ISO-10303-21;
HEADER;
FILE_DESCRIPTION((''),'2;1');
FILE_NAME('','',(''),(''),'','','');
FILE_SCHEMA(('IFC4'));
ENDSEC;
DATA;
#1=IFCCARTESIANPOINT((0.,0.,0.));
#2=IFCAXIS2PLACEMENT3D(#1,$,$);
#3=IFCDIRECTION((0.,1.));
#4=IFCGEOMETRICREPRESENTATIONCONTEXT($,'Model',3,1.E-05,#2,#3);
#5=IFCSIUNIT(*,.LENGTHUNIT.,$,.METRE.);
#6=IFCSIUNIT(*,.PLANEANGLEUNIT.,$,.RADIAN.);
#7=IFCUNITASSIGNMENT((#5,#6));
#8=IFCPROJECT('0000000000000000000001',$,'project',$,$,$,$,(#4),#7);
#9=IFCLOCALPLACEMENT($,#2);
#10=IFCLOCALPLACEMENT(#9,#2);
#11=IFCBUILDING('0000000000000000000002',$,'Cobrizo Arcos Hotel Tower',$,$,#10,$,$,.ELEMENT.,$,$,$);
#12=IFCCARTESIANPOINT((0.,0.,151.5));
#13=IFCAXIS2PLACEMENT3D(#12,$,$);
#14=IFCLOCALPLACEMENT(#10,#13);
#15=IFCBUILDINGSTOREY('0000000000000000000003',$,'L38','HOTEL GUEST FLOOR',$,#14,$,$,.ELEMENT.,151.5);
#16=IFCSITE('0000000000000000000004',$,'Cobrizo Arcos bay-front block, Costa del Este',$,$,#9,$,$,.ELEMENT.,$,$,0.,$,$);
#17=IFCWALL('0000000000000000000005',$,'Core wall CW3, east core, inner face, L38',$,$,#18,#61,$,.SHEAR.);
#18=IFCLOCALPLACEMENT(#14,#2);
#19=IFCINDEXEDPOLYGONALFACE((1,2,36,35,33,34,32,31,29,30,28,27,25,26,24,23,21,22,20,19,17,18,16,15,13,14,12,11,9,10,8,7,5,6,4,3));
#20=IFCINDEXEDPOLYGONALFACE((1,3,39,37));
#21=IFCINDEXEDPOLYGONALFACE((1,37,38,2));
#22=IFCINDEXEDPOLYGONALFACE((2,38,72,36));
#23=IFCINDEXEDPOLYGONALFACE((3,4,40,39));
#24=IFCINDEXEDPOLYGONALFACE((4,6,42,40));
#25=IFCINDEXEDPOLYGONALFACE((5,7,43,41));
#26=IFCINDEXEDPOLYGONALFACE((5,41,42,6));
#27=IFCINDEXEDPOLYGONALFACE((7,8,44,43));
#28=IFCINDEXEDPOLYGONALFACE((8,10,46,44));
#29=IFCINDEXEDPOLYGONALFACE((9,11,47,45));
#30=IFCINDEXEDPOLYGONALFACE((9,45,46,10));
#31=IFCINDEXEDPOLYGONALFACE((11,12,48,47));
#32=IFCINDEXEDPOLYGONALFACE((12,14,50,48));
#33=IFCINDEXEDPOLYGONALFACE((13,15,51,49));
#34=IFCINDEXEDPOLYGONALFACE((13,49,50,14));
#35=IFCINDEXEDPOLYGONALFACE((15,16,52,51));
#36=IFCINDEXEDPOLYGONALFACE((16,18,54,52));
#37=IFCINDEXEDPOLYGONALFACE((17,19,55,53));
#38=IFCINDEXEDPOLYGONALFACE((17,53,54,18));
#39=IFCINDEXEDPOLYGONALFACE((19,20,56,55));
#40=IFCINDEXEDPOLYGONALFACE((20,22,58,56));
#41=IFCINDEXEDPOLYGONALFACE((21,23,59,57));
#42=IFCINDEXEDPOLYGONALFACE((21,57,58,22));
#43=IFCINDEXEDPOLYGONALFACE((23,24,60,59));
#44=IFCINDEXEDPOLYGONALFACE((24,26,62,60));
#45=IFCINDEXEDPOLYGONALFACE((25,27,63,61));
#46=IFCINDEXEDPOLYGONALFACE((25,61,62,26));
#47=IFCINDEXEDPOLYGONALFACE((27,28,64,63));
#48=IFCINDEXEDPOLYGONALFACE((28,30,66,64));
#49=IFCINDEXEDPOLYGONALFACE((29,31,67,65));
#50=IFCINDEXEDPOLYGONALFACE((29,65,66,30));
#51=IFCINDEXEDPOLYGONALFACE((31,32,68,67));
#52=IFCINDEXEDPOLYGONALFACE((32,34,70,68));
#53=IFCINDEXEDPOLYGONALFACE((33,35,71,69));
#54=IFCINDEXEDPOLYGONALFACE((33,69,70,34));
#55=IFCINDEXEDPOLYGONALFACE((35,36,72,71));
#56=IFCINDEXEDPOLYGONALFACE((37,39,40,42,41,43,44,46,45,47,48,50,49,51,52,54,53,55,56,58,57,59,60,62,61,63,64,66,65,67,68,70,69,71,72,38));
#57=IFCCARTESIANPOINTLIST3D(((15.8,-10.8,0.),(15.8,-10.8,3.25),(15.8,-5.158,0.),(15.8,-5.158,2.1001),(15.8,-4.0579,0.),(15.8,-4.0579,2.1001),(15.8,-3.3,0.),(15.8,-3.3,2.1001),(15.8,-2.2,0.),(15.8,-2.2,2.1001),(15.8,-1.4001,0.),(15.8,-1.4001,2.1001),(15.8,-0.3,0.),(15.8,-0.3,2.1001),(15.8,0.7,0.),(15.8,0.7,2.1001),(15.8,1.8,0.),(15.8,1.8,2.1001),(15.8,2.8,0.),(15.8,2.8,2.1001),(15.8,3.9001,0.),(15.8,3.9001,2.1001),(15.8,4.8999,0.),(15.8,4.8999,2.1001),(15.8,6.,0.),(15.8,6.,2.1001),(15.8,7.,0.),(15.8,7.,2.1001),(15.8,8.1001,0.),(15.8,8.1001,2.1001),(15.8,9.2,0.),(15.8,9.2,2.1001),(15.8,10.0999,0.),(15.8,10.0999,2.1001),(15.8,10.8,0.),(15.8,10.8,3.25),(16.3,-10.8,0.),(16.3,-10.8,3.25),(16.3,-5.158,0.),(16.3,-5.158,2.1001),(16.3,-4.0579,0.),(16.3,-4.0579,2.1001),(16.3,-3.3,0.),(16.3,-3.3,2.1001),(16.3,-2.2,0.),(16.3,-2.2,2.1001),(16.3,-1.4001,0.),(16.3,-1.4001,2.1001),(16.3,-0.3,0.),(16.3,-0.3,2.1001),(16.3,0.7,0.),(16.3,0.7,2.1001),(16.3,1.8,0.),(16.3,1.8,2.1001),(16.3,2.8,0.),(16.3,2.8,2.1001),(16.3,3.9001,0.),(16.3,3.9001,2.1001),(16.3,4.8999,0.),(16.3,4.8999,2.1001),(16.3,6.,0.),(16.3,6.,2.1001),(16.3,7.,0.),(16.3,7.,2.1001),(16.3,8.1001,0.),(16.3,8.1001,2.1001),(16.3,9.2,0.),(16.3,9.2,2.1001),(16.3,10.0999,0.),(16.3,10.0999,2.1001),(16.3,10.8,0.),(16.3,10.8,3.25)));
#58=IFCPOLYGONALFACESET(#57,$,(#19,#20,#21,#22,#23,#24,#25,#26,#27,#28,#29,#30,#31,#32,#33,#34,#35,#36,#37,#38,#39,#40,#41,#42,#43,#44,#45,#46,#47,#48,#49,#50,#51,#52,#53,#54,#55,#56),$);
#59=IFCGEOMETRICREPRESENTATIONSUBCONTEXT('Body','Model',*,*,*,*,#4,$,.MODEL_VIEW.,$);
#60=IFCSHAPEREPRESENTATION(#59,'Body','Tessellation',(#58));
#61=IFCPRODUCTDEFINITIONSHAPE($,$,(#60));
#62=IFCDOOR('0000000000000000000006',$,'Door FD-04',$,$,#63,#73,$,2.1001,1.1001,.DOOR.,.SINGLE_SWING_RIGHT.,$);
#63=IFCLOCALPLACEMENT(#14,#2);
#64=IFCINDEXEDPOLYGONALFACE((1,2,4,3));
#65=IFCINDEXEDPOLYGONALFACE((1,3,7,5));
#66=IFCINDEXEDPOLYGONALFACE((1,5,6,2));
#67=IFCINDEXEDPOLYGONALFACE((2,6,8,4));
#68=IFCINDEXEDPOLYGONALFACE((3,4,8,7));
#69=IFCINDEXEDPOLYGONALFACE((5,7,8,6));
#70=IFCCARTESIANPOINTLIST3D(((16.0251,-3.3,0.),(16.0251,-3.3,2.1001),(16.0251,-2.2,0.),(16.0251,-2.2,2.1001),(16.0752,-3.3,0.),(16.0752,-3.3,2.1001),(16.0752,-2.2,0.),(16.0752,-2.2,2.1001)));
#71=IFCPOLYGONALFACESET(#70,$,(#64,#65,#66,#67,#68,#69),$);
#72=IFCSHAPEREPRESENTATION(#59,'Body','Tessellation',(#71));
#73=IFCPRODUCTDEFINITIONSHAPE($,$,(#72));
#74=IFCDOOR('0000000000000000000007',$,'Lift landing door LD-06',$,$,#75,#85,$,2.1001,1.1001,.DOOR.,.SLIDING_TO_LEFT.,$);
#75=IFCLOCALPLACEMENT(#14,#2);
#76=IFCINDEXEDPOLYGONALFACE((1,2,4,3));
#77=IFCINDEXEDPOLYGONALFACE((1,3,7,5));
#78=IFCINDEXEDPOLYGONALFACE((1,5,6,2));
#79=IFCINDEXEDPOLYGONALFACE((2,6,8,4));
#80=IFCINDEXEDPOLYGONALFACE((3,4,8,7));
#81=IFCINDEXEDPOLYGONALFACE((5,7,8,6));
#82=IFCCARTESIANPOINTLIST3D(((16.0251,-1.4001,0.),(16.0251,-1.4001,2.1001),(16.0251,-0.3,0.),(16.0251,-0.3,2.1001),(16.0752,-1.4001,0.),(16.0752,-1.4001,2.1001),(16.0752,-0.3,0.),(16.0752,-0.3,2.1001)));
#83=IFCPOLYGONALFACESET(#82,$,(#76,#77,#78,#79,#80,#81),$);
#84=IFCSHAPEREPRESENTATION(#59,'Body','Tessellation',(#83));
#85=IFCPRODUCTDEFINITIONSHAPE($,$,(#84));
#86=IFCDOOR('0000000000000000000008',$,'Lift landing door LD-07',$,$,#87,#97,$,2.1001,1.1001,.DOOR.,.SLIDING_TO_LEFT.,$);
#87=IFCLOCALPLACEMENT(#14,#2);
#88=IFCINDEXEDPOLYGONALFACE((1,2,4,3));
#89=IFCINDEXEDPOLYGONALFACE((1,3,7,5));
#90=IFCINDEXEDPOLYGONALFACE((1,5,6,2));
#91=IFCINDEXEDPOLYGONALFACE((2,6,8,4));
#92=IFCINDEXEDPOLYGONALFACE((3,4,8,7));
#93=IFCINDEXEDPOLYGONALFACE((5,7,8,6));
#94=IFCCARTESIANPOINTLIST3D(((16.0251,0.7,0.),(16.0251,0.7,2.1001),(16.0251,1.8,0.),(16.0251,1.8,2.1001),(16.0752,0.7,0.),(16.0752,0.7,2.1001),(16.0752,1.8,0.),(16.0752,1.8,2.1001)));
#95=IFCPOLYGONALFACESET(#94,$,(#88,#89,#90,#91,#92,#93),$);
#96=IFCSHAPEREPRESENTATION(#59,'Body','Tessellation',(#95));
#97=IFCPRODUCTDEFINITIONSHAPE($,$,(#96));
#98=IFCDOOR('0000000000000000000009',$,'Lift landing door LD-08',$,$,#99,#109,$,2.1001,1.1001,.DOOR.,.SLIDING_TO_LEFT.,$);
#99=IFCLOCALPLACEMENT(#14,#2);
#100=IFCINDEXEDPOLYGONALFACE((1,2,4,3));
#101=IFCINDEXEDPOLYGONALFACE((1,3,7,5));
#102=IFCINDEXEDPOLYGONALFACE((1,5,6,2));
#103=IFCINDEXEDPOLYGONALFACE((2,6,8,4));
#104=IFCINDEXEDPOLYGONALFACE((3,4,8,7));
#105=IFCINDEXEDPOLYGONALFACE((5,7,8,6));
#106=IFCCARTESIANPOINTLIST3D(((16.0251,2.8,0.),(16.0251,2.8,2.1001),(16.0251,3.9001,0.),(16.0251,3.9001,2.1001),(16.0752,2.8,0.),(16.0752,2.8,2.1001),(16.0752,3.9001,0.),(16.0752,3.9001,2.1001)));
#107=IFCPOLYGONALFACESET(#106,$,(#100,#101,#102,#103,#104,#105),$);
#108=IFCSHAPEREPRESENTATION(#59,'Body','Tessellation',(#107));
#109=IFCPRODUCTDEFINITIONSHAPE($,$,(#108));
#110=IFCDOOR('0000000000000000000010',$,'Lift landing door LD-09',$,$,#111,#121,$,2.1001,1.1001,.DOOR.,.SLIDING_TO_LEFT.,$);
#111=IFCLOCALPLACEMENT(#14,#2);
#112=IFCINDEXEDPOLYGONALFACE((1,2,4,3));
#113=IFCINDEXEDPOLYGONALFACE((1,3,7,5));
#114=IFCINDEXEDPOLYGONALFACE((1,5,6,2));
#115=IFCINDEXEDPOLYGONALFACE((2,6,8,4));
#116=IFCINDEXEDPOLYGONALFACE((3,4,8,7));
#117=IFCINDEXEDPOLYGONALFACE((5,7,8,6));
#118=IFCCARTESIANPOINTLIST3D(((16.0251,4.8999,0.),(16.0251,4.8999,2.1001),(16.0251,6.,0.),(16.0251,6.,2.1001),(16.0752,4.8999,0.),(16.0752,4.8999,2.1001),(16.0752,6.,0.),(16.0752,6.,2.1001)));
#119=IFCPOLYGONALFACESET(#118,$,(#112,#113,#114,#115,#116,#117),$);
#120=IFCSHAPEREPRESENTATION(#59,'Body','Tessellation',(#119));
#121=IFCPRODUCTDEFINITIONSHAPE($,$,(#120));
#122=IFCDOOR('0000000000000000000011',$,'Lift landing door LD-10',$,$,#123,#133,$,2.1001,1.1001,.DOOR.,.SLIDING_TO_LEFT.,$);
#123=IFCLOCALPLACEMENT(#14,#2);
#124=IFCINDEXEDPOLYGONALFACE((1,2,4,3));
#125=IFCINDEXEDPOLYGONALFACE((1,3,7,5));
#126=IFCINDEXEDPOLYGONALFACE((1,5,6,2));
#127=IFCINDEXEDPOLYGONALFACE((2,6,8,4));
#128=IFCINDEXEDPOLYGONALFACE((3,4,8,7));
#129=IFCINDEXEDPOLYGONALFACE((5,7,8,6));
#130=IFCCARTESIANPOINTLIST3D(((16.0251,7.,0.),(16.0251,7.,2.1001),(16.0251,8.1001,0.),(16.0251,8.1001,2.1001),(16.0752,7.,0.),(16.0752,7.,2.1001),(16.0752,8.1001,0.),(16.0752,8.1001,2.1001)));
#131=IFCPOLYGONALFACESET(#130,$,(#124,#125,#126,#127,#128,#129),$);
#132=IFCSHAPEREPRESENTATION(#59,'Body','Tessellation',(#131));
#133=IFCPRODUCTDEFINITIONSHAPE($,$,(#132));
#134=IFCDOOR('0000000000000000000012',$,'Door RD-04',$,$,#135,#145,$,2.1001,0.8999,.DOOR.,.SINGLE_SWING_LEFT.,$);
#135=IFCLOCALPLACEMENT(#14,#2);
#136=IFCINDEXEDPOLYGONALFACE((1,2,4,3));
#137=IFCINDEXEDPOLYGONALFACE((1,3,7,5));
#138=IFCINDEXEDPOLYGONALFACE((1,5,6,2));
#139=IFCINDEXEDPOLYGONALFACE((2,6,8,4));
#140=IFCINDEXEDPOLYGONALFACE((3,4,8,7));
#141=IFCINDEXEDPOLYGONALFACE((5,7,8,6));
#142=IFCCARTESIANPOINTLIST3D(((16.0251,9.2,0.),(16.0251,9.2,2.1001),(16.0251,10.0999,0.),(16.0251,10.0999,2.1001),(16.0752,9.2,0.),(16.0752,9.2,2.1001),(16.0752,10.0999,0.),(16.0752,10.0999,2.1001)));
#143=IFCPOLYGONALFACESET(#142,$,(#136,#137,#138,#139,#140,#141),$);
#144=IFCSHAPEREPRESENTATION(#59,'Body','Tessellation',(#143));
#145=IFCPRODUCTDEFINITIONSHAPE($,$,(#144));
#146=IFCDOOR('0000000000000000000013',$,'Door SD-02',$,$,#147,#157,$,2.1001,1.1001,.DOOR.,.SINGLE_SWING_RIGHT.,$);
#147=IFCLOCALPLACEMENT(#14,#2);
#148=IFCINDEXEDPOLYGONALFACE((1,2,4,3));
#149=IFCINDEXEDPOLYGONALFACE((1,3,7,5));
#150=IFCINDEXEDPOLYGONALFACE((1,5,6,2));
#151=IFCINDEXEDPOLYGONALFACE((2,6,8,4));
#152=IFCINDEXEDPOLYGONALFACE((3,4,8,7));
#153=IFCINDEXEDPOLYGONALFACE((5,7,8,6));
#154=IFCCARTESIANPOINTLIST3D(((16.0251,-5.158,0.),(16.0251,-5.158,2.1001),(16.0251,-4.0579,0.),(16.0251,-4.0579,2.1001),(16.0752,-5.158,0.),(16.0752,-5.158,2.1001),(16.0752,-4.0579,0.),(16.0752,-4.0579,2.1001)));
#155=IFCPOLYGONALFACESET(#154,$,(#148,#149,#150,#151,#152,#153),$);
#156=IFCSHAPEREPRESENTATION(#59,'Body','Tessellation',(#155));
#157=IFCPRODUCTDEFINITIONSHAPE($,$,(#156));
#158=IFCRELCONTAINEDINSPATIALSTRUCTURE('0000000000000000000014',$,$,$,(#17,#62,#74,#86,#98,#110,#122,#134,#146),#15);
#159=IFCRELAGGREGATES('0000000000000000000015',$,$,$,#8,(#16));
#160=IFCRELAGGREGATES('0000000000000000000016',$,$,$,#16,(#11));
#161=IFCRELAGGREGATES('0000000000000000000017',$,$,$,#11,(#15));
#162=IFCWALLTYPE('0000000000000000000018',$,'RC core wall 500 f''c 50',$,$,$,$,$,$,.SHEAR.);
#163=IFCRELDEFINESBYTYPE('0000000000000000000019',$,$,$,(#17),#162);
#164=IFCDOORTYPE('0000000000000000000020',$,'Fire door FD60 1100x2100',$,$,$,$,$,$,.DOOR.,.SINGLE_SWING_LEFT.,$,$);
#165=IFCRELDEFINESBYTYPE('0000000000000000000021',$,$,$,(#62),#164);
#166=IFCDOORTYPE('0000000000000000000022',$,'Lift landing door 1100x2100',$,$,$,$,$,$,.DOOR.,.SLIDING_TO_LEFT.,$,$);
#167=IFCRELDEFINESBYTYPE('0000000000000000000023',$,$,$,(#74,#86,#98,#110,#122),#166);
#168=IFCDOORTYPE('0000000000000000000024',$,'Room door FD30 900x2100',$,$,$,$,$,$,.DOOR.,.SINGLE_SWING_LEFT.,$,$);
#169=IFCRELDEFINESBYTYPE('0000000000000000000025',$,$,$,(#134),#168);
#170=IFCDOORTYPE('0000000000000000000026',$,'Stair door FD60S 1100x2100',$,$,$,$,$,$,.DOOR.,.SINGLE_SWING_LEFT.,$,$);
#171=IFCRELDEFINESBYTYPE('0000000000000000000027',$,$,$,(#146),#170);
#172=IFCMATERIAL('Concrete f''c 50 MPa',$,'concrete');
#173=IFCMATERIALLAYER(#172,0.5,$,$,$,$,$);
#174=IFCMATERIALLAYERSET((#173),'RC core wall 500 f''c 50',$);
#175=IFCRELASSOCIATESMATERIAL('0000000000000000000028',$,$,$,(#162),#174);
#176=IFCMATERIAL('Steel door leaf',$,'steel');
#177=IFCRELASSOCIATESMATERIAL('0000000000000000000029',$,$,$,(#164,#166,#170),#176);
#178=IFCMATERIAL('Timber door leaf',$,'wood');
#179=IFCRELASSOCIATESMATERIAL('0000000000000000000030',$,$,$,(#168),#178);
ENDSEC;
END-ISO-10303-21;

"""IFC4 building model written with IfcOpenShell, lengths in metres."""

from ifc_helpers import new_model, si_unit, direction, frame, frame_2d, origin, place, context, subcontext, project, spatial, rectangle, extrude, material, layer, layer_set, type_object, element, fill, save


model = new_model("IFC4")

# Units and contexts
model_context = context("Model", 3, precision=1e-05, world=origin(), true_north=direction((0.0, 1.0)))
body_context = subcontext(model_context, "Body", "Model", "MODEL_VIEW")
ifc_project = project(units=[si_unit("LENGTHUNIT", "METRE"), si_unit("PLANEANGLEUNIT", "RADIAN")], contexts=[model_context])

# Site, building, storey
site_placement = place(None, origin())
site = spatial("IfcSite", under=ifc_project, at=site_placement, Name="Cobrizo Arcos bay-front block, Costa del Este", CompositionType="ELEMENT", RefElevation=0.0)
building_placement = place(site_placement, origin())
building = spatial("IfcBuilding", under=site, at=building_placement, Name="Cobrizo Arcos Hotel Tower", CompositionType="ELEMENT")
storey_placement = place(building_placement, frame((0.0, 0.0, 151.5)))
storey = spatial("IfcBuildingStorey", under=building, at=storey_placement, Name="L38", Description="HOTEL GUEST FLOOR", CompositionType="ELEMENT", Elevation=151.5)

# Wall, openings, doors
ifc_material_1 = material(Name="Concrete f'c 50 MPa", Category="concrete")
ifc_layer_1 = layer(ifc_material_1, 0.5)
ifc_layer_set_1 = layer_set([ifc_layer_1], Name="RC core wall 500 f'c 50")
wall_type_1 = type_object("IfcWallType", Name="RC core wall 500 f'c 50", PredefinedType="SHEAR", material=ifc_layer_set_1)
wall_1_placement = place(storey_placement, frame((16.05, -10.8, 0.0), z_axis=(0.0, 0.0, 1.0), x_axis=(0.0, 1.0, 0.0)))
wall_1 = element("IfcWall", 1, at=wall_1_placement, inside=storey, type_object=wall_type_1, Name="Core wall CW3, east core, inner face, L38", PredefinedType="SHEAR", context=body_context, shape_type="SweptSolid", body=[
    extrude(rectangle(XDim=21.6001, YDim=0.5, at=frame_2d((10.8, 0.0))), origin(), (0.0, 0.0, 1.0), 3.25),
])
opening_1_placement = place(wall_1_placement, frame((9.3999, 0.0, 0.0)))
opening_1 = element("IfcOpeningElement", 2, at=opening_1_placement, cuts=wall_1, PredefinedType="OPENING", context=body_context, shape_type="SweptSolid", body=[
    extrude(rectangle(XDim=1.1001, YDim=2.1001, at=frame_2d((0.55, 1.05))), frame((0.0, 0.262, 0.0), z_axis=(0.0, -1.0, 0.0), x_axis=(1.0, 0.0, 0.0)), (0.0, 0.0, 1.0), 0.5239),
])
opening_2_placement = place(wall_1_placement, frame((11.5, 0.0, 0.0)))
opening_2 = element("IfcOpeningElement", 3, at=opening_2_placement, cuts=wall_1, PredefinedType="OPENING", context=body_context, shape_type="SweptSolid", body=[
    extrude(rectangle(XDim=1.1001, YDim=2.1001, at=frame_2d((0.55, 1.05))), frame((0.0, 0.262, 0.0), z_axis=(0.0, -1.0, 0.0), x_axis=(1.0, 0.0, 0.0)), (0.0, 0.0, 1.0), 0.5239),
])
opening_3_placement = place(wall_1_placement, frame((13.6001, 0.0, 0.0)))
opening_3 = element("IfcOpeningElement", 4, at=opening_3_placement, cuts=wall_1, PredefinedType="OPENING", context=body_context, shape_type="SweptSolid", body=[
    extrude(rectangle(XDim=1.1001, YDim=2.1001, at=frame_2d((0.55, 1.05))), frame((0.0, 0.262, 0.0), z_axis=(0.0, -1.0, 0.0), x_axis=(1.0, 0.0, 0.0)), (0.0, 0.0, 1.0), 0.5239),
])
opening_4_placement = place(wall_1_placement, frame((15.7, 0.0, 0.0)))
opening_4 = element("IfcOpeningElement", 5, at=opening_4_placement, cuts=wall_1, PredefinedType="OPENING", context=body_context, shape_type="SweptSolid", body=[
    extrude(rectangle(XDim=1.1001, YDim=2.1001, at=frame_2d((0.55, 1.05))), frame((0.0, 0.262, 0.0), z_axis=(0.0, -1.0, 0.0), x_axis=(1.0, 0.0, 0.0)), (0.0, 0.0, 1.0), 0.5239),
])
opening_5_placement = place(wall_1_placement, frame((17.8, 0.0, 0.0)))
opening_5 = element("IfcOpeningElement", 6, at=opening_5_placement, cuts=wall_1, PredefinedType="OPENING", context=body_context, shape_type="SweptSolid", body=[
    extrude(rectangle(XDim=1.1001, YDim=2.1001, at=frame_2d((0.55, 1.05))), frame((0.0, 0.262, 0.0), z_axis=(0.0, -1.0, 0.0), x_axis=(1.0, 0.0, 0.0)), (0.0, 0.0, 1.0), 0.5239),
])
opening_6_placement = place(wall_1_placement, frame((5.6421, 0.0, 0.0)))
opening_6 = element("IfcOpeningElement", 7, at=opening_6_placement, cuts=wall_1, PredefinedType="OPENING", context=body_context, shape_type="SweptSolid", body=[
    extrude(rectangle(XDim=1.1001, YDim=2.1001, at=frame_2d((0.55, 1.05))), frame((0.0, 0.262, 0.0), z_axis=(0.0, -1.0, 0.0), x_axis=(1.0, 0.0, 0.0)), (0.0, 0.0, 1.0), 0.5239),
])
opening_7_placement = place(wall_1_placement, frame((7.5, 0.0, 0.0)))
opening_7 = element("IfcOpeningElement", 8, at=opening_7_placement, cuts=wall_1, PredefinedType="OPENING", context=body_context, shape_type="SweptSolid", body=[
    extrude(rectangle(XDim=1.1001, YDim=2.1001, at=frame_2d((0.55, 1.05))), frame((0.0, 0.262, 0.0), z_axis=(0.0, -1.0, 0.0), x_axis=(1.0, 0.0, 0.0)), (0.0, 0.0, 1.0), 0.5239),
])
opening_8_placement = place(wall_1_placement, frame((20.0, 0.0, 0.0)))
opening_8 = element("IfcOpeningElement", 9, at=opening_8_placement, cuts=wall_1, PredefinedType="OPENING", context=body_context, shape_type="SweptSolid", body=[
    extrude(rectangle(XDim=0.8999, YDim=2.1001, at=frame_2d((0.45, 1.05))), frame((0.0, 0.262, 0.0), z_axis=(0.0, -1.0, 0.0), x_axis=(1.0, 0.0, 0.0)), (0.0, 0.0, 1.0), 0.5239),
])
ifc_material_2 = material(Name="Steel door leaf", Category="steel")
door_type_1 = type_object("IfcDoorType", Name="Fire door FD60 1100x2100", OperationType="SINGLE_SWING_LEFT", PredefinedType="DOOR", material=ifc_material_2)
door_1_placement = place(opening_7_placement, origin())
door_1 = element("IfcDoor", 10, at=door_1_placement, inside=storey, type_object=door_type_1, Name="Door FD-04", OperationType="SINGLE_SWING_RIGHT", OverallHeight=2.1001, OverallWidth=1.1001, PredefinedType="DOOR", context=body_context, shape_type="SweptSolid", body=[
    extrude(rectangle(XDim=1.1001, YDim=2.1001, at=frame_2d((0.55, 1.05))), frame((0.0, 0.0249, 0.0), z_axis=(0.0, -1.0, 0.0), x_axis=(1.0, 0.0, 0.0)), (0.0, 0.0, 1.0), 0.05),
])
fill(opening_7, door_1)
door_type_2 = type_object("IfcDoorType", Name="Lift landing door 1100x2100", OperationType="SLIDING_TO_LEFT", PredefinedType="DOOR", material=ifc_material_2)
door_2_placement = place(opening_1_placement, origin())
door_2 = element("IfcDoor", 11, at=door_2_placement, inside=storey, type_object=door_type_2, Name="Lift landing door LD-06", OperationType="SLIDING_TO_LEFT", OverallHeight=2.1001, OverallWidth=1.1001, PredefinedType="DOOR", context=body_context, shape_type="SweptSolid", body=[
    extrude(rectangle(XDim=1.1001, YDim=2.1001, at=frame_2d((0.55, 1.05))), frame((0.0, 0.0249, 0.0), z_axis=(0.0, -1.0, 0.0), x_axis=(1.0, 0.0, 0.0)), (0.0, 0.0, 1.0), 0.05),
])
fill(opening_1, door_2)
door_3_placement = place(opening_2_placement, origin())
door_3 = element("IfcDoor", 12, at=door_3_placement, inside=storey, type_object=door_type_2, Name="Lift landing door LD-07", OperationType="SLIDING_TO_LEFT", OverallHeight=2.1001, OverallWidth=1.1001, PredefinedType="DOOR", context=body_context, shape_type="SweptSolid", body=[
    extrude(rectangle(XDim=1.1001, YDim=2.1001, at=frame_2d((0.55, 1.05))), frame((0.0, 0.0249, 0.0), z_axis=(0.0, -1.0, 0.0), x_axis=(1.0, 0.0, 0.0)), (0.0, 0.0, 1.0), 0.05),
])
fill(opening_2, door_3)
door_4_placement = place(opening_3_placement, origin())
door_4 = element("IfcDoor", 13, at=door_4_placement, inside=storey, type_object=door_type_2, Name="Lift landing door LD-08", OperationType="SLIDING_TO_LEFT", OverallHeight=2.1001, OverallWidth=1.1001, PredefinedType="DOOR", context=body_context, shape_type="SweptSolid", body=[
    extrude(rectangle(XDim=1.1001, YDim=2.1001, at=frame_2d((0.55, 1.05))), frame((0.0, 0.0249, 0.0), z_axis=(0.0, -1.0, 0.0), x_axis=(1.0, 0.0, 0.0)), (0.0, 0.0, 1.0), 0.05),
])
fill(opening_3, door_4)
door_5_placement = place(opening_4_placement, origin())
door_5 = element("IfcDoor", 14, at=door_5_placement, inside=storey, type_object=door_type_2, Name="Lift landing door LD-09", OperationType="SLIDING_TO_LEFT", OverallHeight=2.1001, OverallWidth=1.1001, PredefinedType="DOOR", context=body_context, shape_type="SweptSolid", body=[
    extrude(rectangle(XDim=1.1001, YDim=2.1001, at=frame_2d((0.55, 1.05))), frame((0.0, 0.0249, 0.0), z_axis=(0.0, -1.0, 0.0), x_axis=(1.0, 0.0, 0.0)), (0.0, 0.0, 1.0), 0.05),
])
fill(opening_4, door_5)
door_6_placement = place(opening_5_placement, origin())
door_6 = element("IfcDoor", 15, at=door_6_placement, inside=storey, type_object=door_type_2, Name="Lift landing door LD-10", OperationType="SLIDING_TO_LEFT", OverallHeight=2.1001, OverallWidth=1.1001, PredefinedType="DOOR", context=body_context, shape_type="SweptSolid", body=[
    extrude(rectangle(XDim=1.1001, YDim=2.1001, at=frame_2d((0.55, 1.05))), frame((0.0, 0.0249, 0.0), z_axis=(0.0, -1.0, 0.0), x_axis=(1.0, 0.0, 0.0)), (0.0, 0.0, 1.0), 0.05),
])
fill(opening_5, door_6)
ifc_material_3 = material(Name="Timber door leaf", Category="wood")
door_type_3 = type_object("IfcDoorType", Name="Room door FD30 900x2100", OperationType="SINGLE_SWING_LEFT", PredefinedType="DOOR", material=ifc_material_3)
door_7_placement = place(opening_8_placement, origin())
door_7 = element("IfcDoor", 16, at=door_7_placement, inside=storey, type_object=door_type_3, Name="Door RD-04", OperationType="SINGLE_SWING_LEFT", OverallHeight=2.1001, OverallWidth=0.8999, PredefinedType="DOOR", context=body_context, shape_type="SweptSolid", body=[
    extrude(rectangle(XDim=0.8999, YDim=2.1001, at=frame_2d((0.45, 1.05))), frame((0.0, 0.0249, 0.0), z_axis=(0.0, -1.0, 0.0), x_axis=(1.0, 0.0, 0.0)), (0.0, 0.0, 1.0), 0.05),
])
fill(opening_8, door_7)
door_type_4 = type_object("IfcDoorType", Name="Stair door FD60S 1100x2100", OperationType="SINGLE_SWING_LEFT", PredefinedType="DOOR", material=ifc_material_2)
door_8_placement = place(opening_6_placement, origin())
door_8 = element("IfcDoor", 17, at=door_8_placement, inside=storey, type_object=door_type_4, Name="Door SD-02", OperationType="SINGLE_SWING_RIGHT", OverallHeight=2.1001, OverallWidth=1.1001, PredefinedType="DOOR", context=body_context, shape_type="SweptSolid", body=[
    extrude(rectangle(XDim=1.1001, YDim=2.1001, at=frame_2d((0.55, 1.05))), frame((0.0, 0.0249, 0.0), z_axis=(0.0, -1.0, 0.0), x_axis=(1.0, 0.0, 0.0)), (0.0, 0.0, 1.0), 0.05),
])
fill(opening_6, door_8)

save(model, "model.ifc")
